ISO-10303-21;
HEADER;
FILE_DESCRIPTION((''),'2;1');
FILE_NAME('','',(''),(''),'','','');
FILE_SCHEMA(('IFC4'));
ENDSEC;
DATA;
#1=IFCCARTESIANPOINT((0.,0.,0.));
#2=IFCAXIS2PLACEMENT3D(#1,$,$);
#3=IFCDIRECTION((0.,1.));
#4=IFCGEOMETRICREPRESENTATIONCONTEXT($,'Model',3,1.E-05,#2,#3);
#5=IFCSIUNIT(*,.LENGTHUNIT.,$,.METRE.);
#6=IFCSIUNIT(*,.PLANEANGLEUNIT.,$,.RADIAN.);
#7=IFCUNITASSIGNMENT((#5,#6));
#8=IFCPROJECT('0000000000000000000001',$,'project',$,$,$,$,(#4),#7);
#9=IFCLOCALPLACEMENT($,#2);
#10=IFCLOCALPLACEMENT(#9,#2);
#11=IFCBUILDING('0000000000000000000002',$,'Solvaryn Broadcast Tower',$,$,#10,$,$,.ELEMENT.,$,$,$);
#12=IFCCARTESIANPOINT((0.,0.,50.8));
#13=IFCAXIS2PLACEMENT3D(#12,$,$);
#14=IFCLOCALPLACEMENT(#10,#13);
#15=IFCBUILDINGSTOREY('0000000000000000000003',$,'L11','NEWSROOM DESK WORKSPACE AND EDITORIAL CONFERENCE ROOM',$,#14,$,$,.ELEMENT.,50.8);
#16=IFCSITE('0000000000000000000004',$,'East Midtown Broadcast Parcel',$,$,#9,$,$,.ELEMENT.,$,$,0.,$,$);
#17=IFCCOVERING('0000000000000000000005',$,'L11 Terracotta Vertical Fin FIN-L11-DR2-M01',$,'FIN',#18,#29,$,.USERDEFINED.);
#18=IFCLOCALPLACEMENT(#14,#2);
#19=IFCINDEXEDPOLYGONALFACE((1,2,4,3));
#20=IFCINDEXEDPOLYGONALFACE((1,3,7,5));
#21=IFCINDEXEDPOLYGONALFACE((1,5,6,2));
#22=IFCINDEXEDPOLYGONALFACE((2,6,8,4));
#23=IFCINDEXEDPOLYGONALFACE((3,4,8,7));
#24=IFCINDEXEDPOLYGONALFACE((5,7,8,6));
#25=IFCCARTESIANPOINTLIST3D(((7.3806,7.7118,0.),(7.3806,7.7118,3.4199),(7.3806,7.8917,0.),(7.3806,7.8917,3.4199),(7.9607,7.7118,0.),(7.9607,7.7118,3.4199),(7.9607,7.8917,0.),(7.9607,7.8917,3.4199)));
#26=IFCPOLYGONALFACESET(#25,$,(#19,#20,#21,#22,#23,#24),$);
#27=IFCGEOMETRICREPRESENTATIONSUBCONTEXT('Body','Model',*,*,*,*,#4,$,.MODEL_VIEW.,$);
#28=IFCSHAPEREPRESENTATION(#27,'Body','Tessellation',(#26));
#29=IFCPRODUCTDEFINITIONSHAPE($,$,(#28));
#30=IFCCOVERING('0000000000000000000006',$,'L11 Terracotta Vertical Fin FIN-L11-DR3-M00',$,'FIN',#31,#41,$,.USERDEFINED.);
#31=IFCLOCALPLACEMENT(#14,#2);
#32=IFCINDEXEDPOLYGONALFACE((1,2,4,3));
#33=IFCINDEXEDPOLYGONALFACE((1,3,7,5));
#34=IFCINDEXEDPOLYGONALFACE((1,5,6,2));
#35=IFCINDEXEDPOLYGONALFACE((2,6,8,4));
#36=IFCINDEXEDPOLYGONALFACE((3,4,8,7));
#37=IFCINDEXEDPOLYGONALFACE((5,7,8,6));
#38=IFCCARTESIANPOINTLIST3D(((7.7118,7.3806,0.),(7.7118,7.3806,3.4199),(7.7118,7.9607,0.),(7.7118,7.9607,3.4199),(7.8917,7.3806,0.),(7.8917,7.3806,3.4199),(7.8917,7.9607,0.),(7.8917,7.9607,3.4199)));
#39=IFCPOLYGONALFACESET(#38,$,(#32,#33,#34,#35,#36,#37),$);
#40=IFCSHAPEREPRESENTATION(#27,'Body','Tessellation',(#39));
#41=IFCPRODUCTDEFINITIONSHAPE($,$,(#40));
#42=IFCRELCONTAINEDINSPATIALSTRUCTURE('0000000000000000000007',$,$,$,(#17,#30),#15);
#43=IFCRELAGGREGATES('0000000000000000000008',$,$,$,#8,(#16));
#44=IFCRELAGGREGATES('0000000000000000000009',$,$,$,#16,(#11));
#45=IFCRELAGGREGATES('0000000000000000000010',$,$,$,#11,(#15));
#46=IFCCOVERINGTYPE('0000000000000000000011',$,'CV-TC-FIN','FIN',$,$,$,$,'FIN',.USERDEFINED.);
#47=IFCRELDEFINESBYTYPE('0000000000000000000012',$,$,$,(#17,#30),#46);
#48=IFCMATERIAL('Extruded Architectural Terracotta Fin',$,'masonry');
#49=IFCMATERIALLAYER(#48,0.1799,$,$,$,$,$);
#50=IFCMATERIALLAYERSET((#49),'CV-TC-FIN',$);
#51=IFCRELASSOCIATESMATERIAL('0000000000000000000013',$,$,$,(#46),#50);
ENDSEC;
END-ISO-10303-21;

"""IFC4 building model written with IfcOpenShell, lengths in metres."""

from ifc_helpers import new_model, si_unit, direction, frame, origin, origin_2d, place, context, subcontext, project, spatial, rectangle, extrude, material, layer, layer_set, type_object, element, save


model = new_model("IFC4")

# Units and contexts
model_context = context("Model", 3, precision=1e-05, world=origin(), true_north=direction((0.0, 1.0)))
body_context = subcontext(model_context, "Body", "Model", "MODEL_VIEW")
ifc_project = project(units=[si_unit("LENGTHUNIT", "METRE"), si_unit("PLANEANGLEUNIT", "RADIAN")], contexts=[model_context])

# Site, building, storey
site_placement = place(None, origin())
site = spatial("IfcSite", under=ifc_project, at=site_placement, Name="East Midtown Broadcast Parcel", CompositionType="ELEMENT", RefElevation=0.0)
building_placement = place(site_placement, origin())
building = spatial("IfcBuilding", under=site, at=building_placement, Name="Solvaryn Broadcast Tower", CompositionType="ELEMENT")
storey_placement = place(building_placement, frame((0.0, 0.0, 50.8)))
storey = spatial("IfcBuildingStorey", under=building, at=storey_placement, Name="L11", Description="NEWSROOM DESK WORKSPACE AND EDITORIAL CONFERENCE ROOM", CompositionType="ELEMENT", Elevation=50.8)

# Coverings
ifc_material_1 = material(Name="Extruded Architectural Terracotta Fin", Category="masonry")
ifc_layer_1 = layer(ifc_material_1, 0.1799)
ifc_layer_set_1 = layer_set([ifc_layer_1], Name="CV-TC-FIN")
covering_type_1 = type_object("IfcCoveringType", Name="CV-TC-FIN", Description="FIN", ElementType="FIN", PredefinedType="USERDEFINED", material=ifc_layer_set_1)
covering_1_placement = place(storey_placement, frame((7.6707, 7.8018, 0.0), z_axis=(0.0, 0.0, 1.0), x_axis=(1.0, 0.0, 0.0)))
element("IfcCovering", 1, at=covering_1_placement, inside=storey, type_object=covering_type_1, Name="L11 Terracotta Vertical Fin FIN-L11-DR2-M01", ObjectType="FIN", PredefinedType="USERDEFINED", context=body_context, shape_type="SweptSolid", body=[
    extrude(rectangle(XDim=0.5801, YDim=0.1799, at=origin_2d()), origin(), (0.0, 0.0, 1.0), 3.4199),
])
covering_2_placement = place(storey_placement, frame((7.8018, 7.6707, 0.0), z_axis=(0.0, 0.0, 1.0), x_axis=(1.0, 0.0, 0.0)))
element("IfcCovering", 2, at=covering_2_placement, inside=storey, type_object=covering_type_1, Name="L11 Terracotta Vertical Fin FIN-L11-DR3-M00", ObjectType="FIN", PredefinedType="USERDEFINED", context=body_context, shape_type="SweptSolid", body=[
    extrude(rectangle(XDim=0.1799, YDim=0.5801, at=origin_2d()), origin(), (0.0, 0.0, 1.0), 3.4199),
])

save(model, "model.ifc")
